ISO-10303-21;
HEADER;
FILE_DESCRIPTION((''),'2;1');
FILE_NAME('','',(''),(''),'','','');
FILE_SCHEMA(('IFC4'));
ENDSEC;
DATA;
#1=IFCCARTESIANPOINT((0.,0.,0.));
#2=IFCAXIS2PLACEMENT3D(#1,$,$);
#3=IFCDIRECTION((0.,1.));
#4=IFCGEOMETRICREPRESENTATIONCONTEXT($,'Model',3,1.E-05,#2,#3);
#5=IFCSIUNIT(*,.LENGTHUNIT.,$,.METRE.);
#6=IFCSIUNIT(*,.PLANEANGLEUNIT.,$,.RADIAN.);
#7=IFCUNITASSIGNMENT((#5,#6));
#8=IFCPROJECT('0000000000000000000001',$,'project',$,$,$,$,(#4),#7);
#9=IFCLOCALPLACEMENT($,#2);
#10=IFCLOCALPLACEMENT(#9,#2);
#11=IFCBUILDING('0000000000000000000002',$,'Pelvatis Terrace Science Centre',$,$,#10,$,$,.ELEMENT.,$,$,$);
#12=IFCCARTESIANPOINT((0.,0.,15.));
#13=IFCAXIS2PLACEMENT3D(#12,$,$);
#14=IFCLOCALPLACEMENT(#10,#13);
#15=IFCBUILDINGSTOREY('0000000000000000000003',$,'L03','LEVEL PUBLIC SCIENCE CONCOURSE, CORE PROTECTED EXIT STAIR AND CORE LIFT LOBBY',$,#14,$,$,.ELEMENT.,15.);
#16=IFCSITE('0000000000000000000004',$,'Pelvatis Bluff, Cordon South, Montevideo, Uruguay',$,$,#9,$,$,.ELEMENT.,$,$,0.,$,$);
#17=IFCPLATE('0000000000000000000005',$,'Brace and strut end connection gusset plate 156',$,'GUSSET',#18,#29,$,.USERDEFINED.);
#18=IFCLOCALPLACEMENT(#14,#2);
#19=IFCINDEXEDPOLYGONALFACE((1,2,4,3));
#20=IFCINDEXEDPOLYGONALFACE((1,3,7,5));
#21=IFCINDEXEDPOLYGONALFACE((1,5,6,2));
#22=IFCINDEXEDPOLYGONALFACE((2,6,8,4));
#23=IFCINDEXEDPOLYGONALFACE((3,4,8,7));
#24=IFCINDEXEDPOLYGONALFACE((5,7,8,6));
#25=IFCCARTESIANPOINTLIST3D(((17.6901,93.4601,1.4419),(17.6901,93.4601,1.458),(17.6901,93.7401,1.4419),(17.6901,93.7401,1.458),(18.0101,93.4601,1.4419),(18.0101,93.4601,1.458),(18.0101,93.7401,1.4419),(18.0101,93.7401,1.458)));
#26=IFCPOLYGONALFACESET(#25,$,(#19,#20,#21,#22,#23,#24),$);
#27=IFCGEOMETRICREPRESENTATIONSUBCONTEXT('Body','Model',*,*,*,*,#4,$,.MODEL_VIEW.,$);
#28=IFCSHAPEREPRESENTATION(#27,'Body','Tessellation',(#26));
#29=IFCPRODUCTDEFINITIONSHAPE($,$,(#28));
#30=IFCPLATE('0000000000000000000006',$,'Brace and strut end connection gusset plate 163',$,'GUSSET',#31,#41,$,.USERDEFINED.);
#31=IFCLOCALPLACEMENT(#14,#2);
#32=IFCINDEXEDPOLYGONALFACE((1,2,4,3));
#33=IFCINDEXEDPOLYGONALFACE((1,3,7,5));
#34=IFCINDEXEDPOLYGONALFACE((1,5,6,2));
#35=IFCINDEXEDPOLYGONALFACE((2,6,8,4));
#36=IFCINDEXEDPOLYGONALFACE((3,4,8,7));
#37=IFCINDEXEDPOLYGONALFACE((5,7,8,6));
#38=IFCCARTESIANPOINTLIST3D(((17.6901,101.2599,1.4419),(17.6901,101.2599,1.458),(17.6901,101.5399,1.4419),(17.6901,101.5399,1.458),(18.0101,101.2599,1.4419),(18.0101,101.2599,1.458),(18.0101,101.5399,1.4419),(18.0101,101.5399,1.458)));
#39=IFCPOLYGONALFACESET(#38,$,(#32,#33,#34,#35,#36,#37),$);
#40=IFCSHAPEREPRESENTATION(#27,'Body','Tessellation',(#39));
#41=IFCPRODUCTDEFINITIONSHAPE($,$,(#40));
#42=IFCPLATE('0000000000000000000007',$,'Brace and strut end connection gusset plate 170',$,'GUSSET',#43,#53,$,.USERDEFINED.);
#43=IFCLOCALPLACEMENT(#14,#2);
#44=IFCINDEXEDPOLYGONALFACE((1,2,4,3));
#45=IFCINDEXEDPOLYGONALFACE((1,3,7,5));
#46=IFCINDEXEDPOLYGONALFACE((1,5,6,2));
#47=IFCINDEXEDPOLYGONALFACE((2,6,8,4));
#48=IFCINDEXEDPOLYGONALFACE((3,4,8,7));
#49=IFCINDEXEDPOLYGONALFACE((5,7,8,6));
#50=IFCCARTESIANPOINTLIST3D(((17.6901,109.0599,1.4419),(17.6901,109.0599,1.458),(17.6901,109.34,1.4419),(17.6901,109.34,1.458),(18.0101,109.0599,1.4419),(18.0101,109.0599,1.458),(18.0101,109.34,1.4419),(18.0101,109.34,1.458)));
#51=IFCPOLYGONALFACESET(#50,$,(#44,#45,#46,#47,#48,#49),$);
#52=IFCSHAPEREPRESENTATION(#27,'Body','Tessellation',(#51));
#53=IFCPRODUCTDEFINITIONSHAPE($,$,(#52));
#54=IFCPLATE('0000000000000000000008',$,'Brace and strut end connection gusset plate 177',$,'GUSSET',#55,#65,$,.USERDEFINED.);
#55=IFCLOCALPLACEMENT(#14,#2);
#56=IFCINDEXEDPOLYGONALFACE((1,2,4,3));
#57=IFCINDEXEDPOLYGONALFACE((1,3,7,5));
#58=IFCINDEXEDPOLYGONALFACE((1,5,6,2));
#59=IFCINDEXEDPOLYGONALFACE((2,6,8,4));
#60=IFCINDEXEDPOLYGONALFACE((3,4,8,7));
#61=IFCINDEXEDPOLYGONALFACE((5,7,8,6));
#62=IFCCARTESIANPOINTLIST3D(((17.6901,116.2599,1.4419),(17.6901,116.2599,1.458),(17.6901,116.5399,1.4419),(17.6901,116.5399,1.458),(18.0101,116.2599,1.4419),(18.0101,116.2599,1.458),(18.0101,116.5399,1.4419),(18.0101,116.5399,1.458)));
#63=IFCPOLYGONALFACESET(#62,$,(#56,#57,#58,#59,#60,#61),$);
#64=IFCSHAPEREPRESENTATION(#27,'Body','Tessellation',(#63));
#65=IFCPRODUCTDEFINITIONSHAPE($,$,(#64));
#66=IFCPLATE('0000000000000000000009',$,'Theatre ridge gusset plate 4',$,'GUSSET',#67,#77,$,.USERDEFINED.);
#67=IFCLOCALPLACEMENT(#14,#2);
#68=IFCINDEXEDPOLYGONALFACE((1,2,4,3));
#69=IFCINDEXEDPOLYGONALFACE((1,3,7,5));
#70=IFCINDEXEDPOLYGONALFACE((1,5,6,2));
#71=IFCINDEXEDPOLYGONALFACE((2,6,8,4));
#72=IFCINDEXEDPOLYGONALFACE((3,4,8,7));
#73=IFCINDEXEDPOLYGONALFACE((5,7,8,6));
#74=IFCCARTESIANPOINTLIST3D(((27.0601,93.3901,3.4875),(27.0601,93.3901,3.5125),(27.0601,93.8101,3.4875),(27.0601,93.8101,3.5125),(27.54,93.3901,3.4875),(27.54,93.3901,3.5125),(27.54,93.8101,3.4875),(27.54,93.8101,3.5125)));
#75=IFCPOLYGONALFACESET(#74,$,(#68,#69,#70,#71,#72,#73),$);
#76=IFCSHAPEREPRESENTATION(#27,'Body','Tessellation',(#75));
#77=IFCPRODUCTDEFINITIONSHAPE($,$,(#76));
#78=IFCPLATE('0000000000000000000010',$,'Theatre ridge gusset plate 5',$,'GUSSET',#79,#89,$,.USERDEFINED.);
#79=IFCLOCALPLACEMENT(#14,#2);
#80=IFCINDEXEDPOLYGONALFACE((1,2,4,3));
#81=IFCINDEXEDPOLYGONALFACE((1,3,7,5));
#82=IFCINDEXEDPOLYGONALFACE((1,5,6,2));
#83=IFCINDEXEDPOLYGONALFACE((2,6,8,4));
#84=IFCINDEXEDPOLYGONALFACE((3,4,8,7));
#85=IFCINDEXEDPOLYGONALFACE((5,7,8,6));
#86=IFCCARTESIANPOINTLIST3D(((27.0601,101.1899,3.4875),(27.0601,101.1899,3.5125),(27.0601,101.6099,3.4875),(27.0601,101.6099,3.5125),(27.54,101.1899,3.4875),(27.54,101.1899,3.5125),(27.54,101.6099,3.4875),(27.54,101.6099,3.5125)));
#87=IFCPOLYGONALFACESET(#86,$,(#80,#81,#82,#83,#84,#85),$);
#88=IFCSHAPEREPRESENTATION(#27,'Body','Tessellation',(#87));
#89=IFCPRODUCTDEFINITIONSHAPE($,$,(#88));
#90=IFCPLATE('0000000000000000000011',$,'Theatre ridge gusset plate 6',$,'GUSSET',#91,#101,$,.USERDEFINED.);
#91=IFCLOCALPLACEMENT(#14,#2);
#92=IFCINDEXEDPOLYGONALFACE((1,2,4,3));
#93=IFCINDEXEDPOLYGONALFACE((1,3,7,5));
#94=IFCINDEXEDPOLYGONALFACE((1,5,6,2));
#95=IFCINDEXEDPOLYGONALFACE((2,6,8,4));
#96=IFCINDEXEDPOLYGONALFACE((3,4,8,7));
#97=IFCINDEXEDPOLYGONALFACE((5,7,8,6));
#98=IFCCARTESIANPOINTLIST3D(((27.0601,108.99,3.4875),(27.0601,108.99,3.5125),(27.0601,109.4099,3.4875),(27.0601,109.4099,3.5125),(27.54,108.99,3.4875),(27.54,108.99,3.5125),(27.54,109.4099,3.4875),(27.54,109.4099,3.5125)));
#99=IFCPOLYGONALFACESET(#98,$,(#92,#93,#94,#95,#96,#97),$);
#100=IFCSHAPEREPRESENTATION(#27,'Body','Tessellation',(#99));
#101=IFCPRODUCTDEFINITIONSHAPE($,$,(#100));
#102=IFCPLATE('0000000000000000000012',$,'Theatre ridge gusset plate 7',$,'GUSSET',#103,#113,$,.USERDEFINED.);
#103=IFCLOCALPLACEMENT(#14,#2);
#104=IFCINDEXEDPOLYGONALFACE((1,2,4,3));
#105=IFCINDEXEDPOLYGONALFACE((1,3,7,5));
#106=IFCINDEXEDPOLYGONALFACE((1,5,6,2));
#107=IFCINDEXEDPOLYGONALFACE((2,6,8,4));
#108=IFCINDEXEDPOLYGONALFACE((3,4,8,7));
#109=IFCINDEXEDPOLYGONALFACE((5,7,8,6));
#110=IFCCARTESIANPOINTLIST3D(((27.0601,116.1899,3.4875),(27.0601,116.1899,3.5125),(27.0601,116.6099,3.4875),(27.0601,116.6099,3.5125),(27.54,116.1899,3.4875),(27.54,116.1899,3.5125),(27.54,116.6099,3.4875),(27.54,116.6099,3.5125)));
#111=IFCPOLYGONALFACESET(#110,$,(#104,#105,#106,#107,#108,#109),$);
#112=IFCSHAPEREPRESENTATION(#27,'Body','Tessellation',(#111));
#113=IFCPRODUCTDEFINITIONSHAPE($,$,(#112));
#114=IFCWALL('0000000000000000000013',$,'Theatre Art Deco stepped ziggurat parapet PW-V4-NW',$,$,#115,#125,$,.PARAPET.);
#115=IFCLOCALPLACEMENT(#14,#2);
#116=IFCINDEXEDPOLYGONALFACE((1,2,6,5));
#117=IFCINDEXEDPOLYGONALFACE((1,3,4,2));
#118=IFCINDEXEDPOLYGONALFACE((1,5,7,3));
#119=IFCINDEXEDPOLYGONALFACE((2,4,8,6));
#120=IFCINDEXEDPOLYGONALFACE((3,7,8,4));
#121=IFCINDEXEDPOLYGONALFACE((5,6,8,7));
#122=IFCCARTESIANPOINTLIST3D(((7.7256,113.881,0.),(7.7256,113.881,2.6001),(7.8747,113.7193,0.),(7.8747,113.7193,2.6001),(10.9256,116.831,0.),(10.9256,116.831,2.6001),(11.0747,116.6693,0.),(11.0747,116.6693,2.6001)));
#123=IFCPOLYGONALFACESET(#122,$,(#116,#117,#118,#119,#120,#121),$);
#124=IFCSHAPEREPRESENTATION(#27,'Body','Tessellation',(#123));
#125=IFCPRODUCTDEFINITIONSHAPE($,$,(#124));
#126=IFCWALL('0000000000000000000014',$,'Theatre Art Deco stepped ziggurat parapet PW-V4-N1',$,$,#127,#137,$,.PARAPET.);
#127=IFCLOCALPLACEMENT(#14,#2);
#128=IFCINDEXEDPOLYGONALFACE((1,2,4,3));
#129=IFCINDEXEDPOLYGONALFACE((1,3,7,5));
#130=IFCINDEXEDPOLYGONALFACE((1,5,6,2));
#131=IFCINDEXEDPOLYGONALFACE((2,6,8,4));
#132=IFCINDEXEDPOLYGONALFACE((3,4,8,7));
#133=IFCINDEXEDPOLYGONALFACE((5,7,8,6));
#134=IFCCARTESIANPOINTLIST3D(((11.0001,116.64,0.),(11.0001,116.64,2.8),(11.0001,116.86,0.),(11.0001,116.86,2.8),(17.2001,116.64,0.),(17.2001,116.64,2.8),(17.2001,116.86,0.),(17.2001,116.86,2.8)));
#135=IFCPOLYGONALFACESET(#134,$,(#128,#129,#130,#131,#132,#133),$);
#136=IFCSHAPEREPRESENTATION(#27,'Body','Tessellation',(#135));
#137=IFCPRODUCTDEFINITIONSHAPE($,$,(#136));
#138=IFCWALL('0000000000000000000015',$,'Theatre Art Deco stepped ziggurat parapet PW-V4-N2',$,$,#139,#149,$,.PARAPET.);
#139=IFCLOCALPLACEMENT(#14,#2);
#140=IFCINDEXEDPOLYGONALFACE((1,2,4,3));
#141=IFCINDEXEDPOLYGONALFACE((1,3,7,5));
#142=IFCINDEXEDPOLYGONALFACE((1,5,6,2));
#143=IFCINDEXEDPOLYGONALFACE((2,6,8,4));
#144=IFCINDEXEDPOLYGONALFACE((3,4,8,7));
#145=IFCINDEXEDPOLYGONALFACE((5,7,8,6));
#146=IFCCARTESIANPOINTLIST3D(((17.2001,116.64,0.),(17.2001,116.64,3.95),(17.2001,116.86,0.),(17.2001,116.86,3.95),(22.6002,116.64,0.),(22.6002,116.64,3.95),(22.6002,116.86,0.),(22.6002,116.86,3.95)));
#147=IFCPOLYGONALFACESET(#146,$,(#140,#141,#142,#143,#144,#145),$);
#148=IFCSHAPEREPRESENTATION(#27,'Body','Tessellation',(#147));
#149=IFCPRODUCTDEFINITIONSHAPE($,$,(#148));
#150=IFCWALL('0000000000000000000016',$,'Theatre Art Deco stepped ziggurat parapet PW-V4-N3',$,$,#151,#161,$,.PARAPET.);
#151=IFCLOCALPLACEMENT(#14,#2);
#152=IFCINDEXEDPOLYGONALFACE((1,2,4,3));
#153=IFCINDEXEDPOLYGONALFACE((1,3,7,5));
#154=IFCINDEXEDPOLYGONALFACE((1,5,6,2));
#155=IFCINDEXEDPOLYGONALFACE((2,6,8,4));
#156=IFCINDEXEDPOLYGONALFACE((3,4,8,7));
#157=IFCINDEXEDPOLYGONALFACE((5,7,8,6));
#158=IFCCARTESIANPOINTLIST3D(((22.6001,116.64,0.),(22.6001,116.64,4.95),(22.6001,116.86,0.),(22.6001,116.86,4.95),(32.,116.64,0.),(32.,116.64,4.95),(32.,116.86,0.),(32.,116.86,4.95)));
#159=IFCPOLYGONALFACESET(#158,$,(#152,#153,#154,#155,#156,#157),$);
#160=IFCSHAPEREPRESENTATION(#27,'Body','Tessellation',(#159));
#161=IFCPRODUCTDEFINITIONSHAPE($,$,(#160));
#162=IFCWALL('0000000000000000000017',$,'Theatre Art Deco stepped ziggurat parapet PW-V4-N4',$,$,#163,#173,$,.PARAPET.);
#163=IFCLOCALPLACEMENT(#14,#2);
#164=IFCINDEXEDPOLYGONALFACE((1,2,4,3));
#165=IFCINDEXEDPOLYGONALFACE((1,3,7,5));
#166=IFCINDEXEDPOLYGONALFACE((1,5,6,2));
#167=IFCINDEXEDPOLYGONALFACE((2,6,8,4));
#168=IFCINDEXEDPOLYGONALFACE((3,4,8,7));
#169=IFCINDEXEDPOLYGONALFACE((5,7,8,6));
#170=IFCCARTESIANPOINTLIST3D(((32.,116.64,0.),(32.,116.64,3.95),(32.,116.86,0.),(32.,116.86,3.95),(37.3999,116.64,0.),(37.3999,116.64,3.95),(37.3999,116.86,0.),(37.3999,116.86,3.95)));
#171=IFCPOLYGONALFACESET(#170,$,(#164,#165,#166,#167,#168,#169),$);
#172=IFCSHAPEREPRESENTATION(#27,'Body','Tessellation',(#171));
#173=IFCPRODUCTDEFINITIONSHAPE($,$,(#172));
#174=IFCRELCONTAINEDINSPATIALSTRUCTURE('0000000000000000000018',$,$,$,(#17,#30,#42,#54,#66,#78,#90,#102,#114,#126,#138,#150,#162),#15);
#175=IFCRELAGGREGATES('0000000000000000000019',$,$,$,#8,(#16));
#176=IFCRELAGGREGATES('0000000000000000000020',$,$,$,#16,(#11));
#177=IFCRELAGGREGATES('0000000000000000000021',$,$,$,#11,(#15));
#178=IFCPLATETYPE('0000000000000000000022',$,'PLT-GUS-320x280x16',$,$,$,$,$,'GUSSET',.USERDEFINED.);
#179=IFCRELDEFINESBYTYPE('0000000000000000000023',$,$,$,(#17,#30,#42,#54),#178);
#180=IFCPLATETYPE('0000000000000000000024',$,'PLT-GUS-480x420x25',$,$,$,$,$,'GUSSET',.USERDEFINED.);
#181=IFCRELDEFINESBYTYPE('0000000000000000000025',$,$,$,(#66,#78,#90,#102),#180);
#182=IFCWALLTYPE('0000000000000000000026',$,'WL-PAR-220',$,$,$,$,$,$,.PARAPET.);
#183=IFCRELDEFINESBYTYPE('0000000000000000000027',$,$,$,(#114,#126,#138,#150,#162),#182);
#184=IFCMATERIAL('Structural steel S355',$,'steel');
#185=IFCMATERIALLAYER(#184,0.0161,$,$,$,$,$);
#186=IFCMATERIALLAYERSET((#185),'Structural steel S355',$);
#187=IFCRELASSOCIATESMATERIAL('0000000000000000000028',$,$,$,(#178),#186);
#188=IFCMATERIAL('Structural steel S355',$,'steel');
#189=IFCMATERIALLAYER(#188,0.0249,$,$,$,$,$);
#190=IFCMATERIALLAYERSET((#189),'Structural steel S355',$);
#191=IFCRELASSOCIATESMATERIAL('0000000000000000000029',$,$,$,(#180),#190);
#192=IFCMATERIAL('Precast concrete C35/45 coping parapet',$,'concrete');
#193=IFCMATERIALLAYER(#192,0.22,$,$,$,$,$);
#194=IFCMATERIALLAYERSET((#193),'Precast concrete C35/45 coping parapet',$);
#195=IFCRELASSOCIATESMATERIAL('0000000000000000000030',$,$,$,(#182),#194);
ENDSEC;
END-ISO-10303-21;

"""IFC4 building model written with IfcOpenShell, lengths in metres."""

from ifc_helpers import new_model, si_unit, direction, frame, frame_2d, origin, origin_2d, place, context, subcontext, project, spatial, rectangle, extrude, material, layer, layer_set, type_object, element, save


model = new_model("IFC4")

# Units and contexts
model_context = context("Model", 3, precision=1e-05, world=origin(), true_north=direction((0.0, 1.0)))
body_context = subcontext(model_context, "Body", "Model", "MODEL_VIEW")
ifc_project = project(units=[si_unit("LENGTHUNIT", "METRE"), si_unit("PLANEANGLEUNIT", "RADIAN")], contexts=[model_context])

# Site, building, storey
site_placement = place(None, origin())
site = spatial("IfcSite", under=ifc_project, at=site_placement, Name="Pelvatis Bluff, Cordon South, Montevideo, Uruguay", CompositionType="ELEMENT", RefElevation=0.0)
building_placement = place(site_placement, origin())
building = spatial("IfcBuilding", under=site, at=building_placement, Name="Pelvatis Terrace Science Centre", CompositionType="ELEMENT")
storey_placement = place(building_placement, frame((0.0, 0.0, 15.0)))
storey = spatial("IfcBuildingStorey", under=building, at=storey_placement, Name="L03", Description="LEVEL PUBLIC SCIENCE CONCOURSE, CORE PROTECTED EXIT STAIR AND CORE LIFT LOBBY", CompositionType="ELEMENT", Elevation=15.0)

# Plates
ifc_material_1 = material(Name="Structural steel S355", Category="steel")
ifc_layer_1 = layer(ifc_material_1, 0.0161)
ifc_layer_set_1 = layer_set([ifc_layer_1], Name="Structural steel S355")
plate_type_1 = type_object("IfcPlateType", Name="PLT-GUS-320x280x16", ElementType="GUSSET", PredefinedType="USERDEFINED", material=ifc_layer_set_1)
for number, where, z_axis, x_axis, name in (
    (1, (17.8501, 93.6001, 1.4419), (0.0, 0.0, 1.0), (1.0, 0.0, 0.0), "Brace and strut end connection gusset plate 156"),
    (2, (17.8501, 101.3999, 1.4419), (0.0, 0.0, 1.0), (1.0, 0.0, 0.0), "Brace and strut end connection gusset plate 163"),
    (3, (17.8501, 109.2, 1.4419), (0.0, 0.0, 1.0), (1.0, 0.0, 0.0), "Brace and strut end connection gusset plate 170"),
    (4, (17.8501, 116.3999, 1.4419), (0.0, 0.0, 1.0), (1.0, 0.0, 0.0), "Brace and strut end connection gusset plate 177"),
):
    element("IfcPlate", number, at=place(storey_placement, frame(where, z_axis=z_axis, x_axis=x_axis)), inside=storey, type_object=plate_type_1, Name=name, ObjectType="GUSSET", PredefinedType="USERDEFINED", context=body_context, shape_type="SweptSolid", body=[
        extrude(rectangle(XDim=0.3201, YDim=0.28, at=origin_2d()), origin(), (0.0, 0.0, 1.0), 0.0161),
    ])
ifc_material_2 = material(Name="Structural steel S355", Category="steel")
ifc_layer_2 = layer(ifc_material_2, 0.0249)
ifc_layer_set_2 = layer_set([ifc_layer_2], Name="Structural steel S355")
plate_type_2 = type_object("IfcPlateType", Name="PLT-GUS-480x420x25", ElementType="GUSSET", PredefinedType="USERDEFINED", material=ifc_layer_set_2)
for number, where, z_axis, x_axis, name in (
    (5, (27.3, 93.6001, 3.4875), (0.0, 0.0, 1.0), (1.0, 0.0, 0.0), "Theatre ridge gusset plate 4"),
    (6, (27.3, 101.3999, 3.4875), (0.0, 0.0, 1.0), (1.0, 0.0, 0.0), "Theatre ridge gusset plate 5"),
    (7, (27.3, 109.2, 3.4875), (0.0, 0.0, 1.0), (1.0, 0.0, 0.0), "Theatre ridge gusset plate 6"),
    (8, (27.3, 116.3999, 3.4875), (0.0, 0.0, 1.0), (1.0, 0.0, 0.0), "Theatre ridge gusset plate 7"),
):
    element("IfcPlate", number, at=place(storey_placement, frame(where, z_axis=z_axis, x_axis=x_axis)), inside=storey, type_object=plate_type_2, Name=name, ObjectType="GUSSET", PredefinedType="USERDEFINED", context=body_context, shape_type="SweptSolid", body=[
        extrude(rectangle(XDim=0.48, YDim=0.4199, at=origin_2d()), origin(), (0.0, 0.0, 1.0), 0.0249),
    ])

# Walls
ifc_material_3 = material(Name="Precast concrete C35/45 coping parapet", Category="concrete")
ifc_layer_3 = layer(ifc_material_3, 0.22)
ifc_layer_set_3 = layer_set([ifc_layer_3], Name="Precast concrete C35/45 coping parapet")
wall_type = type_object("IfcWallType", Name="WL-PAR-220", PredefinedType="PARAPET", material=ifc_layer_set_3)
wall_1_placement = place(storey_placement, frame((7.8, 113.8, 0.0), z_axis=(0.0, 0.0, 1.0), x_axis=(0.735244, 0.677802, 0.0)))
element("IfcWall", 9, at=wall_1_placement, inside=storey, type_object=wall_type, Name="Theatre Art Deco stepped ziggurat parapet PW-V4-NW", PredefinedType="PARAPET", context=body_context, shape_type="SweptSolid", body=[
    extrude(rectangle(XDim=4.3523, YDim=0.22, at=frame_2d((2.1763, 0.0))), origin(), (0.0, 0.0, 1.0), 2.6001),
])
wall_2_placement = place(storey_placement, frame((11.0, 116.75, 0.0), z_axis=(0.0, 0.0, 1.0), x_axis=(1.0, 0.0, 0.0)))
element("IfcWall", 10, at=wall_2_placement, inside=storey, type_object=wall_type, Name="Theatre Art Deco stepped ziggurat parapet PW-V4-N1", PredefinedType="PARAPET", context=body_context, shape_type="SweptSolid", body=[
    extrude(rectangle(XDim=6.2, YDim=0.22, at=frame_2d((3.1001, 0.0))), origin(), (0.0, 0.0, 1.0), 2.8),
])
wall_3_placement = place(storey_placement, frame((17.2, 116.75, 0.0), z_axis=(0.0, 0.0, 1.0), x_axis=(1.0, 0.0, 0.0)))
element("IfcWall", 11, at=wall_3_placement, inside=storey, type_object=wall_type, Name="Theatre Art Deco stepped ziggurat parapet PW-V4-N2", PredefinedType="PARAPET", context=body_context, shape_type="SweptSolid", body=[
    extrude(rectangle(XDim=5.4001, YDim=0.22, at=frame_2d((2.7002, 0.0))), origin(), (0.0, 0.0, 1.0), 3.95),
])
wall_4_placement = place(storey_placement, frame((22.6001, 116.75, 0.0), z_axis=(0.0, 0.0, 1.0), x_axis=(1.0, 0.0, 0.0)))
element("IfcWall", 12, at=wall_4_placement, inside=storey, type_object=wall_type, Name="Theatre Art Deco stepped ziggurat parapet PW-V4-N3", PredefinedType="PARAPET", context=body_context, shape_type="SweptSolid", body=[
    extrude(rectangle(XDim=9.3999, YDim=0.22, at=frame_2d((4.7, 0.0))), origin(), (0.0, 0.0, 1.0), 4.95),
])
wall_5_placement = place(storey_placement, frame((32.0, 116.75, 0.0), z_axis=(0.0, 0.0, 1.0), x_axis=(1.0, 0.0, 0.0)))
element("IfcWall", 13, at=wall_5_placement, inside=storey, type_object=wall_type, Name="Theatre Art Deco stepped ziggurat parapet PW-V4-N4", PredefinedType="PARAPET", context=body_context, shape_type="SweptSolid", body=[
    extrude(rectangle(XDim=5.3999, YDim=0.22, at=frame_2d((2.7, 0.0))), origin(), (0.0, 0.0, 1.0), 3.95),
])

save(model, "model.ifc")
